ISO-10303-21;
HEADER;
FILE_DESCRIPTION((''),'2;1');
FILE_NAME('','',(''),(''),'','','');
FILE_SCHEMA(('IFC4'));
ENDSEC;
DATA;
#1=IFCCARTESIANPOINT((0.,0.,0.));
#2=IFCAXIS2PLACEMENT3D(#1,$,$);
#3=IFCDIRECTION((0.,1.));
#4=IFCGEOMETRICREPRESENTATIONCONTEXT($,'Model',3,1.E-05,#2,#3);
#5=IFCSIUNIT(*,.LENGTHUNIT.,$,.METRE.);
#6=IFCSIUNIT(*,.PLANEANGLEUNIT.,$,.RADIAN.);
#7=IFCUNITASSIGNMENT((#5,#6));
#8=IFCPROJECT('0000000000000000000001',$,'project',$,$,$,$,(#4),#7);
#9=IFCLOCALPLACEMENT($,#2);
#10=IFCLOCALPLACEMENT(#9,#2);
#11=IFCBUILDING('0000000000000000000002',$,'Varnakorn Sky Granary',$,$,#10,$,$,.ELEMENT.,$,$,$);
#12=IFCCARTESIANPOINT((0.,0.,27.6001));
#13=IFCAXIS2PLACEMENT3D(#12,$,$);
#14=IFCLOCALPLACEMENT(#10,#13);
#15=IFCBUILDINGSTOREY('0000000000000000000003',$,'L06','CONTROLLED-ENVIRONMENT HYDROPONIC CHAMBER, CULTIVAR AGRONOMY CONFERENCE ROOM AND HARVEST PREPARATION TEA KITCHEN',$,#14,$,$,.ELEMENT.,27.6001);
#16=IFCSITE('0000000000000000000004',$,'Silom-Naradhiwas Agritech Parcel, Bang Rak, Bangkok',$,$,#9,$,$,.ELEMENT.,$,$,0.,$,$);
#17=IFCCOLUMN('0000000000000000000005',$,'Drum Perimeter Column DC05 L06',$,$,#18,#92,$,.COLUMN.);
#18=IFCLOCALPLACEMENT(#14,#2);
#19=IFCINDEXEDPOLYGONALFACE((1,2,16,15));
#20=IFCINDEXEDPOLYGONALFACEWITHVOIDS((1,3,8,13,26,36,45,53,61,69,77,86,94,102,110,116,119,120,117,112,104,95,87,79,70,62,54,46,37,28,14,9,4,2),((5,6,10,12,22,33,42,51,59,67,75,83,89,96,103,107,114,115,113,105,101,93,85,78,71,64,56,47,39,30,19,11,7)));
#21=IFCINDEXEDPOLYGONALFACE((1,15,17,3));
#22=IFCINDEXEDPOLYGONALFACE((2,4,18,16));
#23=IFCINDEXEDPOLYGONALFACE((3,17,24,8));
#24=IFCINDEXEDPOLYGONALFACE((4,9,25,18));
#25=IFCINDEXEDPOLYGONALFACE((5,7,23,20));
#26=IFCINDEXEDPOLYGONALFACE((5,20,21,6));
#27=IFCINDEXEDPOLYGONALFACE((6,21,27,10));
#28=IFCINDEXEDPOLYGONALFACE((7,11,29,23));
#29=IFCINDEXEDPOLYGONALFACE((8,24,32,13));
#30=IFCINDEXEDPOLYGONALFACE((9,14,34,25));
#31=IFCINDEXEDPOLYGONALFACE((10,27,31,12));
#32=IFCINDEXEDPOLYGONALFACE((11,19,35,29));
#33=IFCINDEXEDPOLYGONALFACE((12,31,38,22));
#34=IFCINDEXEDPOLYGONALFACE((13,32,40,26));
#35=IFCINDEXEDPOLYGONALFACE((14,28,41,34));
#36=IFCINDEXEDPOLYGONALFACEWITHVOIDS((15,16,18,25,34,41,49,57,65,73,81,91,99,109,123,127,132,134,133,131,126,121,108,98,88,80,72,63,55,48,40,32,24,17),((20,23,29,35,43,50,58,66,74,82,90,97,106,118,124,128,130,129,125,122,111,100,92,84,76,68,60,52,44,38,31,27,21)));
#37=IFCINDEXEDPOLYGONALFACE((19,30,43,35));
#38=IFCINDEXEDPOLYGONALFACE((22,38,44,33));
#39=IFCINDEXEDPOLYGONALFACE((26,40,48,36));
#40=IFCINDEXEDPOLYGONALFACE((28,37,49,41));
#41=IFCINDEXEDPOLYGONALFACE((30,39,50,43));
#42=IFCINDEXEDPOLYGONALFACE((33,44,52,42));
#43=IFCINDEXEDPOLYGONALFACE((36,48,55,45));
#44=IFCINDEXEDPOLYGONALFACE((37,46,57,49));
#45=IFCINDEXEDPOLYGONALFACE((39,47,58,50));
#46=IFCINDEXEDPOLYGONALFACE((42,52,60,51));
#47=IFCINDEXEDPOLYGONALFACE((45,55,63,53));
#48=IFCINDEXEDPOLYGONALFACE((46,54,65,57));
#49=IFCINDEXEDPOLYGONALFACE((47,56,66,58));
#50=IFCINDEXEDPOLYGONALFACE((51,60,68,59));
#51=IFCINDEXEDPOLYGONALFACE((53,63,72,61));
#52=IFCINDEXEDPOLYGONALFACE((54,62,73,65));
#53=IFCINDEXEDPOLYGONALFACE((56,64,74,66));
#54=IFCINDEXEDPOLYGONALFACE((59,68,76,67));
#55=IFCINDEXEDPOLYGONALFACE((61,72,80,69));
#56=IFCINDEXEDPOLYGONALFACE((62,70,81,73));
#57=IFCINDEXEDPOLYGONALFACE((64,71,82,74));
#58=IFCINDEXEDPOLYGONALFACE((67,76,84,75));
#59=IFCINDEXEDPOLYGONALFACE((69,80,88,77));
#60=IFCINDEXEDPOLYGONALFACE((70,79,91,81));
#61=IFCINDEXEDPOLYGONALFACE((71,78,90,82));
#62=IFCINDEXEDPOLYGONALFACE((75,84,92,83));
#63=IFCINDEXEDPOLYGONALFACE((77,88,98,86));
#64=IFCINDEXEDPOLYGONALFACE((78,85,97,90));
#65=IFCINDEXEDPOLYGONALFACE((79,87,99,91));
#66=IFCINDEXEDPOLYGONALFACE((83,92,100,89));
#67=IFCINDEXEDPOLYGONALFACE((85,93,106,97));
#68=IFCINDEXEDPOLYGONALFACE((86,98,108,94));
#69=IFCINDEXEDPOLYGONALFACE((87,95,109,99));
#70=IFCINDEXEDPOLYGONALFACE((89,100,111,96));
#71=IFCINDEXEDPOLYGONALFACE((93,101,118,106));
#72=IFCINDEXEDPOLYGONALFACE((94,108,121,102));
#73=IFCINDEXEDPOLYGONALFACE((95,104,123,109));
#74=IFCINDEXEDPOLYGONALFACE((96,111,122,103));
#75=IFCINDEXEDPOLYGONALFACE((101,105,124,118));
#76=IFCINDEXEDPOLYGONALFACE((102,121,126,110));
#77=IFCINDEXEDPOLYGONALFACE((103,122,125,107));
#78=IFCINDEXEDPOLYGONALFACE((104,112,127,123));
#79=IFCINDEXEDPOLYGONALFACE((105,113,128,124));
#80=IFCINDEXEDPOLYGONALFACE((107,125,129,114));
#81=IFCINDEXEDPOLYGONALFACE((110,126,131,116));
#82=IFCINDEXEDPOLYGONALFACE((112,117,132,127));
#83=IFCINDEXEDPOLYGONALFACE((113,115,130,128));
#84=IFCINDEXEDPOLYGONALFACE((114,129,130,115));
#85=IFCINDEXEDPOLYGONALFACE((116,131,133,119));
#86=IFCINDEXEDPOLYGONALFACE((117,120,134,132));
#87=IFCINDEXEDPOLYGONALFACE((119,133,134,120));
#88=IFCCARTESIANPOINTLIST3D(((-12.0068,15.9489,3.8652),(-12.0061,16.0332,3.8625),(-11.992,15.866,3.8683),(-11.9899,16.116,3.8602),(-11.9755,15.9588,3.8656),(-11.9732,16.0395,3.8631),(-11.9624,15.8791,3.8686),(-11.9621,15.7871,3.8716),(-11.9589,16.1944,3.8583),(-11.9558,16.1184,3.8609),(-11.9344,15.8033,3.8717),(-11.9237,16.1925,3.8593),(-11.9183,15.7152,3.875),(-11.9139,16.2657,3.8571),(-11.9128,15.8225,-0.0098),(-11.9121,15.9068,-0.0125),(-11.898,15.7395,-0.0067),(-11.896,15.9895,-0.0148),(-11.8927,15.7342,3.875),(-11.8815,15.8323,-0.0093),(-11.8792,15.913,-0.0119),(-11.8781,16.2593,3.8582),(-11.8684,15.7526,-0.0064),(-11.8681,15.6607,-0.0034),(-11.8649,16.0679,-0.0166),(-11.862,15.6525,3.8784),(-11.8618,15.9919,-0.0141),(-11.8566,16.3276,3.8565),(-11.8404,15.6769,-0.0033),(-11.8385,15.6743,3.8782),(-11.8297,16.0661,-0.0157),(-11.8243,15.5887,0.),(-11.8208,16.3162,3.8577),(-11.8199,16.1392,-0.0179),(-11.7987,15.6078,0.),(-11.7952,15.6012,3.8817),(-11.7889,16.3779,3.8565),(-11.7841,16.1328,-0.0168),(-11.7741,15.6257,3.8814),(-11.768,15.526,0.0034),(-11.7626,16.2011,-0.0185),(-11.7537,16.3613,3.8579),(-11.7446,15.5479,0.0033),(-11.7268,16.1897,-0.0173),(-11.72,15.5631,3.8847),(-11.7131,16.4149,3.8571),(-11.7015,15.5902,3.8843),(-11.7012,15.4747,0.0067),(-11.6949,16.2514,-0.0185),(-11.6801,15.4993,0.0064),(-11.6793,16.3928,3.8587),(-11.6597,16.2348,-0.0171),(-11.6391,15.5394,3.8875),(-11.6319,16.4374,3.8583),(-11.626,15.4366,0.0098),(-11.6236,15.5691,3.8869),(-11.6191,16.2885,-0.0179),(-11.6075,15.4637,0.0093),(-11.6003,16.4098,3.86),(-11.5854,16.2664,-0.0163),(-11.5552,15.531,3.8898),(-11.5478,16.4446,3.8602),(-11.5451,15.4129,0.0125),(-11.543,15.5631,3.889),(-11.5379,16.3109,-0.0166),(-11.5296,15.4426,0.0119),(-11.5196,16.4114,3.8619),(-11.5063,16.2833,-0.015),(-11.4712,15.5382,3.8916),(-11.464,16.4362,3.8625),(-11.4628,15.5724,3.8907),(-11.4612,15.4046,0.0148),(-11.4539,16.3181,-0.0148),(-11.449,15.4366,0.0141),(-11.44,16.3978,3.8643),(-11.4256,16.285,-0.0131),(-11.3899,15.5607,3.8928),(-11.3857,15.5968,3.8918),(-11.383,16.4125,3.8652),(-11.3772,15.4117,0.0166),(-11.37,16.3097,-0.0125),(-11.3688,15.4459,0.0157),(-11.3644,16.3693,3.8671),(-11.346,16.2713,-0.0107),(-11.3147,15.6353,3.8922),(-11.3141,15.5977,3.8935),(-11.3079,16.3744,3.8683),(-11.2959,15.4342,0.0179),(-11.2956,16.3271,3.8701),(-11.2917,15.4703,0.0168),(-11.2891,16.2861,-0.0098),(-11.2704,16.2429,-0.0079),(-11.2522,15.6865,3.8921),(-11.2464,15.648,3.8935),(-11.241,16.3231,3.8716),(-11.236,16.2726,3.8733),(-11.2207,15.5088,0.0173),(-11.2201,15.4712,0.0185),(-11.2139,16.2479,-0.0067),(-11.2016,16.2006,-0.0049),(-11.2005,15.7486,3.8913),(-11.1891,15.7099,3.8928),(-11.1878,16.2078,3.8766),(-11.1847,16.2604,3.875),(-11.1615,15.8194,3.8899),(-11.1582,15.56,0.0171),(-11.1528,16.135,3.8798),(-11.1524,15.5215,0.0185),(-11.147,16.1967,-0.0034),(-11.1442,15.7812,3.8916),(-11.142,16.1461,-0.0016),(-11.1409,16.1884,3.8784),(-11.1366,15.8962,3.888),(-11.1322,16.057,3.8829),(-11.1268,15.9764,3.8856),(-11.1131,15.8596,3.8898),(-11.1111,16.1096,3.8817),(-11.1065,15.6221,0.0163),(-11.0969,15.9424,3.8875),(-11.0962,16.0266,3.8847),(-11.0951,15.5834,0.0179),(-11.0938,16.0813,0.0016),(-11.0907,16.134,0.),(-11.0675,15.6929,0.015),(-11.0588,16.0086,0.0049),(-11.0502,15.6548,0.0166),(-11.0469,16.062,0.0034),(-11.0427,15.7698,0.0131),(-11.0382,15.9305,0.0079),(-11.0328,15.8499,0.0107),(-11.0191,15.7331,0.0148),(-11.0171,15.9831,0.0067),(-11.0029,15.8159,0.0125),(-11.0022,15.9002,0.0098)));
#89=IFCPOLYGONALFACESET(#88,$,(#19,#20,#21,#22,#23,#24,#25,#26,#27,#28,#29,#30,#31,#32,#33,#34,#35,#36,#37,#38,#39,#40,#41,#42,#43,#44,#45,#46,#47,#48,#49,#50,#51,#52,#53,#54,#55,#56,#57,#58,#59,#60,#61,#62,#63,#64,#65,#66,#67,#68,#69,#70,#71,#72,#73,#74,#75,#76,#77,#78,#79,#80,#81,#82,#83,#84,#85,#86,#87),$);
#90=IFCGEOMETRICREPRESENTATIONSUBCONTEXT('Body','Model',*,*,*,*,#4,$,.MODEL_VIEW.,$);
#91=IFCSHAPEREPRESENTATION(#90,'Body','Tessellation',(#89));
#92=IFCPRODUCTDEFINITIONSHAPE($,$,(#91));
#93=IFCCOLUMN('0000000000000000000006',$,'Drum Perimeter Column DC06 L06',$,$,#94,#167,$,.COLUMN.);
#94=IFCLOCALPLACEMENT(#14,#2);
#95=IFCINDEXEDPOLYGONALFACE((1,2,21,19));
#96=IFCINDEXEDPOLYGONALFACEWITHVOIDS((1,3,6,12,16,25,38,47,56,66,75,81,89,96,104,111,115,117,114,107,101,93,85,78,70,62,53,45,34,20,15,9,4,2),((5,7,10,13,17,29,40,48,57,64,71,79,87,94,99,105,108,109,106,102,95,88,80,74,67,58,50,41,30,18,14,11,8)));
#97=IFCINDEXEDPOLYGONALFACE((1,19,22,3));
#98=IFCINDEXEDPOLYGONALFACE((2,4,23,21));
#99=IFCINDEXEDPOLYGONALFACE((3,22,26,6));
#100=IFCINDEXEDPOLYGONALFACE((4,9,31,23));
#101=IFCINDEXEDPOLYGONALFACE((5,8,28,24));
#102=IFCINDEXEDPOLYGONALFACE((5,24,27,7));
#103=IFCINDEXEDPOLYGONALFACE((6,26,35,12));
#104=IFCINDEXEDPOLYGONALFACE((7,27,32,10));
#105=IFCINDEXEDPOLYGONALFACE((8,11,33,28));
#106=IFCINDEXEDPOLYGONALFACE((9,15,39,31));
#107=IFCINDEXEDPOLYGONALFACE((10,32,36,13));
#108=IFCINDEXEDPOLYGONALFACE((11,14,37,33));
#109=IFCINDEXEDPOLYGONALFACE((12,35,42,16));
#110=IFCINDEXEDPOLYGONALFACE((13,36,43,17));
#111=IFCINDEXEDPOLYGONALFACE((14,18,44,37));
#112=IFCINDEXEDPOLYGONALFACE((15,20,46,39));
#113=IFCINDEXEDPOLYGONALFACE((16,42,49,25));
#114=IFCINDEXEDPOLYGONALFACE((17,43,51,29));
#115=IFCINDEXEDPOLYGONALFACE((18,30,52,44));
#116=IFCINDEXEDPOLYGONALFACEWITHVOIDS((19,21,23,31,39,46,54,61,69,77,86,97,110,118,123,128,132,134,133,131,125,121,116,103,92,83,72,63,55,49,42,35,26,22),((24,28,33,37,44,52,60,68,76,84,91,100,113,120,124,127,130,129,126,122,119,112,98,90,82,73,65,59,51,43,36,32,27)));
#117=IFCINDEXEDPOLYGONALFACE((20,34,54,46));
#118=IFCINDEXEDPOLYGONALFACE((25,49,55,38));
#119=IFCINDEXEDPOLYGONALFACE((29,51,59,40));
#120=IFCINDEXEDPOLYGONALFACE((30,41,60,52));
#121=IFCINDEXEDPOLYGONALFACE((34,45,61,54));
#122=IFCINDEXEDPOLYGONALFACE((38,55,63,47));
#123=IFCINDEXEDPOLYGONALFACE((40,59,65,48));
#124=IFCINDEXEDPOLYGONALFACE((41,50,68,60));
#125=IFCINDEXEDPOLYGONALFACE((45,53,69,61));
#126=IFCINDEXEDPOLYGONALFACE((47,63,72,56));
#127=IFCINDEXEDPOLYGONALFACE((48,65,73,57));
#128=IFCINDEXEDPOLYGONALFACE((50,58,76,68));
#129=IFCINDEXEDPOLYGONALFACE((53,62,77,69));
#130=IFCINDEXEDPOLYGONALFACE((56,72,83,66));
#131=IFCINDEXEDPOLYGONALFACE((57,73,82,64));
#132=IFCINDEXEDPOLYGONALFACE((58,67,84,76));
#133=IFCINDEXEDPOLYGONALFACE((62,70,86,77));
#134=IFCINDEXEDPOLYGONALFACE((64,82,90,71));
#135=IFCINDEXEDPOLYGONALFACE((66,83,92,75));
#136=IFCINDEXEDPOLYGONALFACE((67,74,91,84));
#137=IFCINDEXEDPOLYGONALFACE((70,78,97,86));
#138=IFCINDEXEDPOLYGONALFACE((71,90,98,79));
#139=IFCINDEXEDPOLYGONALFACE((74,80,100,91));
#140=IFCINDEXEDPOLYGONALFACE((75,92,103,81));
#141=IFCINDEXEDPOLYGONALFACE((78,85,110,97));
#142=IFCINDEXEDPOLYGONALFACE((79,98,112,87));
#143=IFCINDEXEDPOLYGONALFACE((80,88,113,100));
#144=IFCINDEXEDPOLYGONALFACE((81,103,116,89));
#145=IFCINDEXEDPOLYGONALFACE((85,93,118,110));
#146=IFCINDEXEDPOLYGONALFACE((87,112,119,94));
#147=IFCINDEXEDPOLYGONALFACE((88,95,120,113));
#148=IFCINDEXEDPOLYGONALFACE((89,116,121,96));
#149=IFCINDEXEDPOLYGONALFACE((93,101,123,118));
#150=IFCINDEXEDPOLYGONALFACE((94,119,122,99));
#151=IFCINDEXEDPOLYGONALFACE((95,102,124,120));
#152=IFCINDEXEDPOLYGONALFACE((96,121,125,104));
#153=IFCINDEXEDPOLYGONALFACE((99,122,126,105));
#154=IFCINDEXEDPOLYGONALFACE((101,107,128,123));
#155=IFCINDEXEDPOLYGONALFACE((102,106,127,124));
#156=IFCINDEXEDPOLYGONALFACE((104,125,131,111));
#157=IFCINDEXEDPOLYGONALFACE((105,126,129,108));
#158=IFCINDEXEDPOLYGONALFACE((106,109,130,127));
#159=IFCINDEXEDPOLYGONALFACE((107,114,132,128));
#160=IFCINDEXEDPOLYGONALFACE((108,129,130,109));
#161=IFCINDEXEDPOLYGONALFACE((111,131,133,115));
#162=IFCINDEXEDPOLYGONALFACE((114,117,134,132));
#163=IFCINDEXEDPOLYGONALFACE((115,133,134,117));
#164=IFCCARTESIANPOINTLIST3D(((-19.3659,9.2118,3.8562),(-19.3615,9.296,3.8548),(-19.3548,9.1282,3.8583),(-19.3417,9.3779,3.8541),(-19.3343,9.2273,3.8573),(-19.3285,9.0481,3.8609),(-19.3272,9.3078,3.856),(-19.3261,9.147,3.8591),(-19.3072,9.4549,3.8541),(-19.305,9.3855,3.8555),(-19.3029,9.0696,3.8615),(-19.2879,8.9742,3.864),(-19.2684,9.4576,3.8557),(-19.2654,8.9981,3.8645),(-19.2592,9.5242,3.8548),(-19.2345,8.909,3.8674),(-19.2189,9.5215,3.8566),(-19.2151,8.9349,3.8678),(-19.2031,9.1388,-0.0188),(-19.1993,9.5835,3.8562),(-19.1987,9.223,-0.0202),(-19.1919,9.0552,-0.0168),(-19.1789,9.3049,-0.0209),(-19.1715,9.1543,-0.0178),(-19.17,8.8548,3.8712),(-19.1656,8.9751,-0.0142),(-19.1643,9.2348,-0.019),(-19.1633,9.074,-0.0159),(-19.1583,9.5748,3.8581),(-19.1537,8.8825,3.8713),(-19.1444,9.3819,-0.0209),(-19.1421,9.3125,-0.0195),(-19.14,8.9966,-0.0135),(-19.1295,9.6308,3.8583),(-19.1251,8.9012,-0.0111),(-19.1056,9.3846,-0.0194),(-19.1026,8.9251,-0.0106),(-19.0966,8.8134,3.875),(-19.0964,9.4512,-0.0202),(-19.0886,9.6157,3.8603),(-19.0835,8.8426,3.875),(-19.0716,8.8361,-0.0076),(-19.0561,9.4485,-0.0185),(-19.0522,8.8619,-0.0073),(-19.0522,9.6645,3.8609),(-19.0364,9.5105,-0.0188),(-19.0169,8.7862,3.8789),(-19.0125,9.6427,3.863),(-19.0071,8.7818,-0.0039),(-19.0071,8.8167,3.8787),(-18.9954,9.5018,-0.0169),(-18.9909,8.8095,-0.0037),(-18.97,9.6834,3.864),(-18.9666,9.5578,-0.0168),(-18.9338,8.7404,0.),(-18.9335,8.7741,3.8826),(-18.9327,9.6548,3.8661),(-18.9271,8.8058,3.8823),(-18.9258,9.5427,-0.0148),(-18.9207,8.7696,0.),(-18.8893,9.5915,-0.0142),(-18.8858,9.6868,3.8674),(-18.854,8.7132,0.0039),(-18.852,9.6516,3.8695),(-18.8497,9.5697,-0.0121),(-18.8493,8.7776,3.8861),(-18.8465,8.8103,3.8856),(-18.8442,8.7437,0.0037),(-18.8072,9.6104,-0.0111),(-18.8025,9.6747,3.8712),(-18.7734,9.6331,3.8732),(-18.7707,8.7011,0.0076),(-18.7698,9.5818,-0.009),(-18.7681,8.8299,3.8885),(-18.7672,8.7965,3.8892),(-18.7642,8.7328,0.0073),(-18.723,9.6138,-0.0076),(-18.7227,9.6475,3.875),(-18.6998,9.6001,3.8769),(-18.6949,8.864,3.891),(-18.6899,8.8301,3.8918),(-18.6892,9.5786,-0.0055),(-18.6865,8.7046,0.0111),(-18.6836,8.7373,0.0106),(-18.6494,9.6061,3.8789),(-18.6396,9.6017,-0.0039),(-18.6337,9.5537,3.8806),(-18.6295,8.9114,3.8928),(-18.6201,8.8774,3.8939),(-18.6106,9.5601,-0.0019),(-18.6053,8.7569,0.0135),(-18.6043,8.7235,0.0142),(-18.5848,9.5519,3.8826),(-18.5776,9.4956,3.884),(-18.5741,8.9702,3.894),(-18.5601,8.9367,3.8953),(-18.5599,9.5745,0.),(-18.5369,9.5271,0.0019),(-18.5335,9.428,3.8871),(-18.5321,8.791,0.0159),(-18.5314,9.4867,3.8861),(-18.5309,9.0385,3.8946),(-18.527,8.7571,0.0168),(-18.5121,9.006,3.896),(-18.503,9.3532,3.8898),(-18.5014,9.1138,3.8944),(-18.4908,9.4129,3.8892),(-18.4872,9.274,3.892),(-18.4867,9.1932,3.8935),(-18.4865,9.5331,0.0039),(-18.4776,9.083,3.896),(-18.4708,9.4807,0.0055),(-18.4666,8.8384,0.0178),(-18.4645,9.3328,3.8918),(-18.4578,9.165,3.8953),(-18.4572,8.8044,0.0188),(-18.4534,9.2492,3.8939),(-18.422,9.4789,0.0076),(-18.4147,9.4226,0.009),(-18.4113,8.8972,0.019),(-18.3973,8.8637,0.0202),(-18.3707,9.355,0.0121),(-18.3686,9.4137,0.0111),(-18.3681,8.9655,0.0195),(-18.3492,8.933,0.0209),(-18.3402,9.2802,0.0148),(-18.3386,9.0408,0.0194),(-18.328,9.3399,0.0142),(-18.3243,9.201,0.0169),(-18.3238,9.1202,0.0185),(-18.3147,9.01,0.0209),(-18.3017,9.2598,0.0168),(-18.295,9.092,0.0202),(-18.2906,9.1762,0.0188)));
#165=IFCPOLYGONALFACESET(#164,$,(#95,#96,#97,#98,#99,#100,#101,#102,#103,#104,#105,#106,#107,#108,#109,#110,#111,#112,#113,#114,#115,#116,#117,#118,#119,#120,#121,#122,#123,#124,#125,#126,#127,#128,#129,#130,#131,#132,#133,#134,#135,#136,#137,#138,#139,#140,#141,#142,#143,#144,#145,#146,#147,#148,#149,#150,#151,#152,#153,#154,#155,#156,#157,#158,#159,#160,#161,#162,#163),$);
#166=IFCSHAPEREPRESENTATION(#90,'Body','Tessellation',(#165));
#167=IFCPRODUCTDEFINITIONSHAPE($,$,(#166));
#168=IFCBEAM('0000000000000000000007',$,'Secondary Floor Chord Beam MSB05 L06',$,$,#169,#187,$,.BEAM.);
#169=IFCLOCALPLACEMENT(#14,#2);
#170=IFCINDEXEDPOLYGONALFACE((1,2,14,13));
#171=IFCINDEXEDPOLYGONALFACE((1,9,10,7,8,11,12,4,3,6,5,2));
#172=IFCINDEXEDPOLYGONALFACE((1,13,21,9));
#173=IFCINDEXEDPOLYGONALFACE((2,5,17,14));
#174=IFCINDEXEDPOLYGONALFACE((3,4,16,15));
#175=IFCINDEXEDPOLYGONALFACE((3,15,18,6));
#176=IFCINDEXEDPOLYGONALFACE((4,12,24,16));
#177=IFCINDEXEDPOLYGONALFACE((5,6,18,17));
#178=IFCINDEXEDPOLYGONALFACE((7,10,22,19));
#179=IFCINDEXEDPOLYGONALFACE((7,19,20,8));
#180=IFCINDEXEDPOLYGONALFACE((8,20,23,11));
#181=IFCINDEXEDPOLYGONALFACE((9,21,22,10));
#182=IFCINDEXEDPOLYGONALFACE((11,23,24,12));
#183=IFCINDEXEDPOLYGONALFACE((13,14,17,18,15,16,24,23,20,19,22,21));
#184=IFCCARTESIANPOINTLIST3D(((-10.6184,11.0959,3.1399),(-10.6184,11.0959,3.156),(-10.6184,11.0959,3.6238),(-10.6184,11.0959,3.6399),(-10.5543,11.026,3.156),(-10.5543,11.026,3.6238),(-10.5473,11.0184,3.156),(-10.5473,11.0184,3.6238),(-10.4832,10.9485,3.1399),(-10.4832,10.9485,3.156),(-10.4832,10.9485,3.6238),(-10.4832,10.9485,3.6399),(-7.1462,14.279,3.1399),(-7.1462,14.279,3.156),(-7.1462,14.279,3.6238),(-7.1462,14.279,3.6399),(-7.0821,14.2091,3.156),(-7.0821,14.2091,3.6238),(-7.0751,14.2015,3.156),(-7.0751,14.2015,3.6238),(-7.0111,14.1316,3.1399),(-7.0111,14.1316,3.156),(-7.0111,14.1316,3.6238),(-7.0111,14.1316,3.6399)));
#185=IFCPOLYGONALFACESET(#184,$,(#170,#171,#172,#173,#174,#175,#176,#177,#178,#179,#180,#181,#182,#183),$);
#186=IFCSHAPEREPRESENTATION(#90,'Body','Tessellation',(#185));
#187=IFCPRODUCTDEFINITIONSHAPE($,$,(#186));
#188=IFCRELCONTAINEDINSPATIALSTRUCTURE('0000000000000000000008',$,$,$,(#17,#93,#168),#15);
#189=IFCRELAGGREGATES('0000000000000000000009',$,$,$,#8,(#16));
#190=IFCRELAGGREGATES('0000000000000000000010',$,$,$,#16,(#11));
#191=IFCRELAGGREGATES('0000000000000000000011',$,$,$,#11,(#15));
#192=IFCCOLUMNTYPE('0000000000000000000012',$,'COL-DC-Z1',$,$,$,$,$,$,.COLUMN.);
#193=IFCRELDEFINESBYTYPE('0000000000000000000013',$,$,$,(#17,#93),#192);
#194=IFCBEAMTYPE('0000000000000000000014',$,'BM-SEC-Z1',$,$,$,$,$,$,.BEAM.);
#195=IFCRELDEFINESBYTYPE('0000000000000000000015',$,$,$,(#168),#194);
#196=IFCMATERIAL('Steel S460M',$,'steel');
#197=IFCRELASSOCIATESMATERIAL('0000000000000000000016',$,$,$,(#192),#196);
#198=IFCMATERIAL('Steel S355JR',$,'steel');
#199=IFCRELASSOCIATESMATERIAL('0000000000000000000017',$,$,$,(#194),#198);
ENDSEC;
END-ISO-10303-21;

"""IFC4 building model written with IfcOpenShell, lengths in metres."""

from ifc_helpers import new_model, si_unit, direction, frame, origin, origin_2d, place, context, subcontext, project, spatial, hollow_circle, i_section, extrude, material, material_profile, profile_set, type_object, element, save


model = new_model("IFC4")

# Units and contexts
model_context = context("Model", 3, precision=1e-05, world=origin(), true_north=direction((0.0, 1.0)))
body_context = subcontext(model_context, "Body", "Model", "MODEL_VIEW")
ifc_project = project(units=[si_unit("LENGTHUNIT", "METRE"), si_unit("PLANEANGLEUNIT", "RADIAN")], contexts=[model_context])

# Site, building, storey
site_placement = place(None, origin())
site = spatial("IfcSite", under=ifc_project, at=site_placement, Name="Silom-Naradhiwas Agritech Parcel, Bang Rak, Bangkok", CompositionType="ELEMENT", RefElevation=0.0)
building_placement = place(site_placement, origin())
building = spatial("IfcBuilding", under=site, at=building_placement, Name="Varnakorn Sky Granary", CompositionType="ELEMENT")
storey_placement = place(building_placement, frame((0.0, 0.0, 27.6001)))
storey = spatial("IfcBuildingStorey", under=building, at=storey_placement, Name="L06", Description="CONTROLLED-ENVIRONMENT HYDROPONIC CHAMBER, CULTIVAR AGRONOMY CONFERENCE ROOM AND HARVEST PREPARATION TEA KITCHEN", CompositionType="ELEMENT", Elevation=27.6001)

# Columns
ifc_material_1 = material(Name="Steel S460M", Category="steel")
ifc_material_profile_1 = material_profile(ifc_material_1, hollow_circle(Radius=0.457, WallThickness=0.032, at=origin_2d()), Name="CHS 914x32")
ifc_profile_set_1 = profile_set([ifc_material_profile_1], Name="Steel S460M")
column_type = type_object("IfcColumnType", Name="COL-DC-Z1", PredefinedType="COLUMN", material=ifc_profile_set_1)
column_1_placement = place(storey_placement, frame((-11.4575, 15.8613, 0.0), z_axis=(-0.024237, 0.032609, 0.999174), x_axis=(-0.802595, -0.596524, 0.0)))
element("IfcColumn", 1, at=column_1_placement, inside=storey, type_object=column_type, Name="Drum Perimeter Column DC05 L06", PredefinedType="COLUMN", context=body_context, shape_type="SweptSolid", body=[
    extrude(hollow_circle(Radius=0.457, WallThickness=0.032, at=origin_2d()), origin(), (0.0, 0.0, 1.0), 3.8782),
])
column_2_placement = place(storey_placement, frame((-18.7468, 9.1575, 0.0), z_axis=(-0.041979, 0.018818, 0.998941), x_axis=(-0.409056, -0.912509, 0.0)))
element("IfcColumn", 2, at=column_2_placement, inside=storey, type_object=column_type, Name="Drum Perimeter Column DC06 L06", PredefinedType="COLUMN", context=body_context, shape_type="SweptSolid", body=[
    extrude(hollow_circle(Radius=0.457, WallThickness=0.032, at=origin_2d()), origin(), (0.0, 0.0, 1.0), 3.8792),
])

# Beam
ifc_material_2 = material(Name="Steel S355JR", Category="steel")
ifc_material_profile_2 = material_profile(ifc_material_2, i_section(OverallWidth=0.2, OverallDepth=0.5, WebThickness=0.0103, FlangeThickness=0.0161, at=origin_2d()), Name="IPE 500")
ifc_profile_set_2 = profile_set([ifc_material_profile_2], Name="Steel S355JR")
beam_type_1 = type_object("IfcBeamType", Name="BM-SEC-Z1", PredefinedType="BEAM", material=ifc_profile_set_2)
beam_1_placement = place(storey_placement, frame((-7.0786, 14.2053, 3.3899), z_axis=(-0.737124, -0.675757, 0.0), x_axis=(0.675757, -0.737124, 0.0)))
element("IfcBeam", 3, at=beam_1_placement, inside=storey, type_object=beam_type_1, Name="Secondary Floor Chord Beam MSB05 L06", PredefinedType="BEAM", context=body_context, shape_type="SweptSolid", body=[
    extrude(i_section(OverallWidth=0.2, OverallDepth=0.5, WebThickness=0.0103, FlangeThickness=0.0161, at=origin_2d()), origin(), (0.0, 0.0, 1.0), 4.7104),
])

save(model, "model.ifc")
